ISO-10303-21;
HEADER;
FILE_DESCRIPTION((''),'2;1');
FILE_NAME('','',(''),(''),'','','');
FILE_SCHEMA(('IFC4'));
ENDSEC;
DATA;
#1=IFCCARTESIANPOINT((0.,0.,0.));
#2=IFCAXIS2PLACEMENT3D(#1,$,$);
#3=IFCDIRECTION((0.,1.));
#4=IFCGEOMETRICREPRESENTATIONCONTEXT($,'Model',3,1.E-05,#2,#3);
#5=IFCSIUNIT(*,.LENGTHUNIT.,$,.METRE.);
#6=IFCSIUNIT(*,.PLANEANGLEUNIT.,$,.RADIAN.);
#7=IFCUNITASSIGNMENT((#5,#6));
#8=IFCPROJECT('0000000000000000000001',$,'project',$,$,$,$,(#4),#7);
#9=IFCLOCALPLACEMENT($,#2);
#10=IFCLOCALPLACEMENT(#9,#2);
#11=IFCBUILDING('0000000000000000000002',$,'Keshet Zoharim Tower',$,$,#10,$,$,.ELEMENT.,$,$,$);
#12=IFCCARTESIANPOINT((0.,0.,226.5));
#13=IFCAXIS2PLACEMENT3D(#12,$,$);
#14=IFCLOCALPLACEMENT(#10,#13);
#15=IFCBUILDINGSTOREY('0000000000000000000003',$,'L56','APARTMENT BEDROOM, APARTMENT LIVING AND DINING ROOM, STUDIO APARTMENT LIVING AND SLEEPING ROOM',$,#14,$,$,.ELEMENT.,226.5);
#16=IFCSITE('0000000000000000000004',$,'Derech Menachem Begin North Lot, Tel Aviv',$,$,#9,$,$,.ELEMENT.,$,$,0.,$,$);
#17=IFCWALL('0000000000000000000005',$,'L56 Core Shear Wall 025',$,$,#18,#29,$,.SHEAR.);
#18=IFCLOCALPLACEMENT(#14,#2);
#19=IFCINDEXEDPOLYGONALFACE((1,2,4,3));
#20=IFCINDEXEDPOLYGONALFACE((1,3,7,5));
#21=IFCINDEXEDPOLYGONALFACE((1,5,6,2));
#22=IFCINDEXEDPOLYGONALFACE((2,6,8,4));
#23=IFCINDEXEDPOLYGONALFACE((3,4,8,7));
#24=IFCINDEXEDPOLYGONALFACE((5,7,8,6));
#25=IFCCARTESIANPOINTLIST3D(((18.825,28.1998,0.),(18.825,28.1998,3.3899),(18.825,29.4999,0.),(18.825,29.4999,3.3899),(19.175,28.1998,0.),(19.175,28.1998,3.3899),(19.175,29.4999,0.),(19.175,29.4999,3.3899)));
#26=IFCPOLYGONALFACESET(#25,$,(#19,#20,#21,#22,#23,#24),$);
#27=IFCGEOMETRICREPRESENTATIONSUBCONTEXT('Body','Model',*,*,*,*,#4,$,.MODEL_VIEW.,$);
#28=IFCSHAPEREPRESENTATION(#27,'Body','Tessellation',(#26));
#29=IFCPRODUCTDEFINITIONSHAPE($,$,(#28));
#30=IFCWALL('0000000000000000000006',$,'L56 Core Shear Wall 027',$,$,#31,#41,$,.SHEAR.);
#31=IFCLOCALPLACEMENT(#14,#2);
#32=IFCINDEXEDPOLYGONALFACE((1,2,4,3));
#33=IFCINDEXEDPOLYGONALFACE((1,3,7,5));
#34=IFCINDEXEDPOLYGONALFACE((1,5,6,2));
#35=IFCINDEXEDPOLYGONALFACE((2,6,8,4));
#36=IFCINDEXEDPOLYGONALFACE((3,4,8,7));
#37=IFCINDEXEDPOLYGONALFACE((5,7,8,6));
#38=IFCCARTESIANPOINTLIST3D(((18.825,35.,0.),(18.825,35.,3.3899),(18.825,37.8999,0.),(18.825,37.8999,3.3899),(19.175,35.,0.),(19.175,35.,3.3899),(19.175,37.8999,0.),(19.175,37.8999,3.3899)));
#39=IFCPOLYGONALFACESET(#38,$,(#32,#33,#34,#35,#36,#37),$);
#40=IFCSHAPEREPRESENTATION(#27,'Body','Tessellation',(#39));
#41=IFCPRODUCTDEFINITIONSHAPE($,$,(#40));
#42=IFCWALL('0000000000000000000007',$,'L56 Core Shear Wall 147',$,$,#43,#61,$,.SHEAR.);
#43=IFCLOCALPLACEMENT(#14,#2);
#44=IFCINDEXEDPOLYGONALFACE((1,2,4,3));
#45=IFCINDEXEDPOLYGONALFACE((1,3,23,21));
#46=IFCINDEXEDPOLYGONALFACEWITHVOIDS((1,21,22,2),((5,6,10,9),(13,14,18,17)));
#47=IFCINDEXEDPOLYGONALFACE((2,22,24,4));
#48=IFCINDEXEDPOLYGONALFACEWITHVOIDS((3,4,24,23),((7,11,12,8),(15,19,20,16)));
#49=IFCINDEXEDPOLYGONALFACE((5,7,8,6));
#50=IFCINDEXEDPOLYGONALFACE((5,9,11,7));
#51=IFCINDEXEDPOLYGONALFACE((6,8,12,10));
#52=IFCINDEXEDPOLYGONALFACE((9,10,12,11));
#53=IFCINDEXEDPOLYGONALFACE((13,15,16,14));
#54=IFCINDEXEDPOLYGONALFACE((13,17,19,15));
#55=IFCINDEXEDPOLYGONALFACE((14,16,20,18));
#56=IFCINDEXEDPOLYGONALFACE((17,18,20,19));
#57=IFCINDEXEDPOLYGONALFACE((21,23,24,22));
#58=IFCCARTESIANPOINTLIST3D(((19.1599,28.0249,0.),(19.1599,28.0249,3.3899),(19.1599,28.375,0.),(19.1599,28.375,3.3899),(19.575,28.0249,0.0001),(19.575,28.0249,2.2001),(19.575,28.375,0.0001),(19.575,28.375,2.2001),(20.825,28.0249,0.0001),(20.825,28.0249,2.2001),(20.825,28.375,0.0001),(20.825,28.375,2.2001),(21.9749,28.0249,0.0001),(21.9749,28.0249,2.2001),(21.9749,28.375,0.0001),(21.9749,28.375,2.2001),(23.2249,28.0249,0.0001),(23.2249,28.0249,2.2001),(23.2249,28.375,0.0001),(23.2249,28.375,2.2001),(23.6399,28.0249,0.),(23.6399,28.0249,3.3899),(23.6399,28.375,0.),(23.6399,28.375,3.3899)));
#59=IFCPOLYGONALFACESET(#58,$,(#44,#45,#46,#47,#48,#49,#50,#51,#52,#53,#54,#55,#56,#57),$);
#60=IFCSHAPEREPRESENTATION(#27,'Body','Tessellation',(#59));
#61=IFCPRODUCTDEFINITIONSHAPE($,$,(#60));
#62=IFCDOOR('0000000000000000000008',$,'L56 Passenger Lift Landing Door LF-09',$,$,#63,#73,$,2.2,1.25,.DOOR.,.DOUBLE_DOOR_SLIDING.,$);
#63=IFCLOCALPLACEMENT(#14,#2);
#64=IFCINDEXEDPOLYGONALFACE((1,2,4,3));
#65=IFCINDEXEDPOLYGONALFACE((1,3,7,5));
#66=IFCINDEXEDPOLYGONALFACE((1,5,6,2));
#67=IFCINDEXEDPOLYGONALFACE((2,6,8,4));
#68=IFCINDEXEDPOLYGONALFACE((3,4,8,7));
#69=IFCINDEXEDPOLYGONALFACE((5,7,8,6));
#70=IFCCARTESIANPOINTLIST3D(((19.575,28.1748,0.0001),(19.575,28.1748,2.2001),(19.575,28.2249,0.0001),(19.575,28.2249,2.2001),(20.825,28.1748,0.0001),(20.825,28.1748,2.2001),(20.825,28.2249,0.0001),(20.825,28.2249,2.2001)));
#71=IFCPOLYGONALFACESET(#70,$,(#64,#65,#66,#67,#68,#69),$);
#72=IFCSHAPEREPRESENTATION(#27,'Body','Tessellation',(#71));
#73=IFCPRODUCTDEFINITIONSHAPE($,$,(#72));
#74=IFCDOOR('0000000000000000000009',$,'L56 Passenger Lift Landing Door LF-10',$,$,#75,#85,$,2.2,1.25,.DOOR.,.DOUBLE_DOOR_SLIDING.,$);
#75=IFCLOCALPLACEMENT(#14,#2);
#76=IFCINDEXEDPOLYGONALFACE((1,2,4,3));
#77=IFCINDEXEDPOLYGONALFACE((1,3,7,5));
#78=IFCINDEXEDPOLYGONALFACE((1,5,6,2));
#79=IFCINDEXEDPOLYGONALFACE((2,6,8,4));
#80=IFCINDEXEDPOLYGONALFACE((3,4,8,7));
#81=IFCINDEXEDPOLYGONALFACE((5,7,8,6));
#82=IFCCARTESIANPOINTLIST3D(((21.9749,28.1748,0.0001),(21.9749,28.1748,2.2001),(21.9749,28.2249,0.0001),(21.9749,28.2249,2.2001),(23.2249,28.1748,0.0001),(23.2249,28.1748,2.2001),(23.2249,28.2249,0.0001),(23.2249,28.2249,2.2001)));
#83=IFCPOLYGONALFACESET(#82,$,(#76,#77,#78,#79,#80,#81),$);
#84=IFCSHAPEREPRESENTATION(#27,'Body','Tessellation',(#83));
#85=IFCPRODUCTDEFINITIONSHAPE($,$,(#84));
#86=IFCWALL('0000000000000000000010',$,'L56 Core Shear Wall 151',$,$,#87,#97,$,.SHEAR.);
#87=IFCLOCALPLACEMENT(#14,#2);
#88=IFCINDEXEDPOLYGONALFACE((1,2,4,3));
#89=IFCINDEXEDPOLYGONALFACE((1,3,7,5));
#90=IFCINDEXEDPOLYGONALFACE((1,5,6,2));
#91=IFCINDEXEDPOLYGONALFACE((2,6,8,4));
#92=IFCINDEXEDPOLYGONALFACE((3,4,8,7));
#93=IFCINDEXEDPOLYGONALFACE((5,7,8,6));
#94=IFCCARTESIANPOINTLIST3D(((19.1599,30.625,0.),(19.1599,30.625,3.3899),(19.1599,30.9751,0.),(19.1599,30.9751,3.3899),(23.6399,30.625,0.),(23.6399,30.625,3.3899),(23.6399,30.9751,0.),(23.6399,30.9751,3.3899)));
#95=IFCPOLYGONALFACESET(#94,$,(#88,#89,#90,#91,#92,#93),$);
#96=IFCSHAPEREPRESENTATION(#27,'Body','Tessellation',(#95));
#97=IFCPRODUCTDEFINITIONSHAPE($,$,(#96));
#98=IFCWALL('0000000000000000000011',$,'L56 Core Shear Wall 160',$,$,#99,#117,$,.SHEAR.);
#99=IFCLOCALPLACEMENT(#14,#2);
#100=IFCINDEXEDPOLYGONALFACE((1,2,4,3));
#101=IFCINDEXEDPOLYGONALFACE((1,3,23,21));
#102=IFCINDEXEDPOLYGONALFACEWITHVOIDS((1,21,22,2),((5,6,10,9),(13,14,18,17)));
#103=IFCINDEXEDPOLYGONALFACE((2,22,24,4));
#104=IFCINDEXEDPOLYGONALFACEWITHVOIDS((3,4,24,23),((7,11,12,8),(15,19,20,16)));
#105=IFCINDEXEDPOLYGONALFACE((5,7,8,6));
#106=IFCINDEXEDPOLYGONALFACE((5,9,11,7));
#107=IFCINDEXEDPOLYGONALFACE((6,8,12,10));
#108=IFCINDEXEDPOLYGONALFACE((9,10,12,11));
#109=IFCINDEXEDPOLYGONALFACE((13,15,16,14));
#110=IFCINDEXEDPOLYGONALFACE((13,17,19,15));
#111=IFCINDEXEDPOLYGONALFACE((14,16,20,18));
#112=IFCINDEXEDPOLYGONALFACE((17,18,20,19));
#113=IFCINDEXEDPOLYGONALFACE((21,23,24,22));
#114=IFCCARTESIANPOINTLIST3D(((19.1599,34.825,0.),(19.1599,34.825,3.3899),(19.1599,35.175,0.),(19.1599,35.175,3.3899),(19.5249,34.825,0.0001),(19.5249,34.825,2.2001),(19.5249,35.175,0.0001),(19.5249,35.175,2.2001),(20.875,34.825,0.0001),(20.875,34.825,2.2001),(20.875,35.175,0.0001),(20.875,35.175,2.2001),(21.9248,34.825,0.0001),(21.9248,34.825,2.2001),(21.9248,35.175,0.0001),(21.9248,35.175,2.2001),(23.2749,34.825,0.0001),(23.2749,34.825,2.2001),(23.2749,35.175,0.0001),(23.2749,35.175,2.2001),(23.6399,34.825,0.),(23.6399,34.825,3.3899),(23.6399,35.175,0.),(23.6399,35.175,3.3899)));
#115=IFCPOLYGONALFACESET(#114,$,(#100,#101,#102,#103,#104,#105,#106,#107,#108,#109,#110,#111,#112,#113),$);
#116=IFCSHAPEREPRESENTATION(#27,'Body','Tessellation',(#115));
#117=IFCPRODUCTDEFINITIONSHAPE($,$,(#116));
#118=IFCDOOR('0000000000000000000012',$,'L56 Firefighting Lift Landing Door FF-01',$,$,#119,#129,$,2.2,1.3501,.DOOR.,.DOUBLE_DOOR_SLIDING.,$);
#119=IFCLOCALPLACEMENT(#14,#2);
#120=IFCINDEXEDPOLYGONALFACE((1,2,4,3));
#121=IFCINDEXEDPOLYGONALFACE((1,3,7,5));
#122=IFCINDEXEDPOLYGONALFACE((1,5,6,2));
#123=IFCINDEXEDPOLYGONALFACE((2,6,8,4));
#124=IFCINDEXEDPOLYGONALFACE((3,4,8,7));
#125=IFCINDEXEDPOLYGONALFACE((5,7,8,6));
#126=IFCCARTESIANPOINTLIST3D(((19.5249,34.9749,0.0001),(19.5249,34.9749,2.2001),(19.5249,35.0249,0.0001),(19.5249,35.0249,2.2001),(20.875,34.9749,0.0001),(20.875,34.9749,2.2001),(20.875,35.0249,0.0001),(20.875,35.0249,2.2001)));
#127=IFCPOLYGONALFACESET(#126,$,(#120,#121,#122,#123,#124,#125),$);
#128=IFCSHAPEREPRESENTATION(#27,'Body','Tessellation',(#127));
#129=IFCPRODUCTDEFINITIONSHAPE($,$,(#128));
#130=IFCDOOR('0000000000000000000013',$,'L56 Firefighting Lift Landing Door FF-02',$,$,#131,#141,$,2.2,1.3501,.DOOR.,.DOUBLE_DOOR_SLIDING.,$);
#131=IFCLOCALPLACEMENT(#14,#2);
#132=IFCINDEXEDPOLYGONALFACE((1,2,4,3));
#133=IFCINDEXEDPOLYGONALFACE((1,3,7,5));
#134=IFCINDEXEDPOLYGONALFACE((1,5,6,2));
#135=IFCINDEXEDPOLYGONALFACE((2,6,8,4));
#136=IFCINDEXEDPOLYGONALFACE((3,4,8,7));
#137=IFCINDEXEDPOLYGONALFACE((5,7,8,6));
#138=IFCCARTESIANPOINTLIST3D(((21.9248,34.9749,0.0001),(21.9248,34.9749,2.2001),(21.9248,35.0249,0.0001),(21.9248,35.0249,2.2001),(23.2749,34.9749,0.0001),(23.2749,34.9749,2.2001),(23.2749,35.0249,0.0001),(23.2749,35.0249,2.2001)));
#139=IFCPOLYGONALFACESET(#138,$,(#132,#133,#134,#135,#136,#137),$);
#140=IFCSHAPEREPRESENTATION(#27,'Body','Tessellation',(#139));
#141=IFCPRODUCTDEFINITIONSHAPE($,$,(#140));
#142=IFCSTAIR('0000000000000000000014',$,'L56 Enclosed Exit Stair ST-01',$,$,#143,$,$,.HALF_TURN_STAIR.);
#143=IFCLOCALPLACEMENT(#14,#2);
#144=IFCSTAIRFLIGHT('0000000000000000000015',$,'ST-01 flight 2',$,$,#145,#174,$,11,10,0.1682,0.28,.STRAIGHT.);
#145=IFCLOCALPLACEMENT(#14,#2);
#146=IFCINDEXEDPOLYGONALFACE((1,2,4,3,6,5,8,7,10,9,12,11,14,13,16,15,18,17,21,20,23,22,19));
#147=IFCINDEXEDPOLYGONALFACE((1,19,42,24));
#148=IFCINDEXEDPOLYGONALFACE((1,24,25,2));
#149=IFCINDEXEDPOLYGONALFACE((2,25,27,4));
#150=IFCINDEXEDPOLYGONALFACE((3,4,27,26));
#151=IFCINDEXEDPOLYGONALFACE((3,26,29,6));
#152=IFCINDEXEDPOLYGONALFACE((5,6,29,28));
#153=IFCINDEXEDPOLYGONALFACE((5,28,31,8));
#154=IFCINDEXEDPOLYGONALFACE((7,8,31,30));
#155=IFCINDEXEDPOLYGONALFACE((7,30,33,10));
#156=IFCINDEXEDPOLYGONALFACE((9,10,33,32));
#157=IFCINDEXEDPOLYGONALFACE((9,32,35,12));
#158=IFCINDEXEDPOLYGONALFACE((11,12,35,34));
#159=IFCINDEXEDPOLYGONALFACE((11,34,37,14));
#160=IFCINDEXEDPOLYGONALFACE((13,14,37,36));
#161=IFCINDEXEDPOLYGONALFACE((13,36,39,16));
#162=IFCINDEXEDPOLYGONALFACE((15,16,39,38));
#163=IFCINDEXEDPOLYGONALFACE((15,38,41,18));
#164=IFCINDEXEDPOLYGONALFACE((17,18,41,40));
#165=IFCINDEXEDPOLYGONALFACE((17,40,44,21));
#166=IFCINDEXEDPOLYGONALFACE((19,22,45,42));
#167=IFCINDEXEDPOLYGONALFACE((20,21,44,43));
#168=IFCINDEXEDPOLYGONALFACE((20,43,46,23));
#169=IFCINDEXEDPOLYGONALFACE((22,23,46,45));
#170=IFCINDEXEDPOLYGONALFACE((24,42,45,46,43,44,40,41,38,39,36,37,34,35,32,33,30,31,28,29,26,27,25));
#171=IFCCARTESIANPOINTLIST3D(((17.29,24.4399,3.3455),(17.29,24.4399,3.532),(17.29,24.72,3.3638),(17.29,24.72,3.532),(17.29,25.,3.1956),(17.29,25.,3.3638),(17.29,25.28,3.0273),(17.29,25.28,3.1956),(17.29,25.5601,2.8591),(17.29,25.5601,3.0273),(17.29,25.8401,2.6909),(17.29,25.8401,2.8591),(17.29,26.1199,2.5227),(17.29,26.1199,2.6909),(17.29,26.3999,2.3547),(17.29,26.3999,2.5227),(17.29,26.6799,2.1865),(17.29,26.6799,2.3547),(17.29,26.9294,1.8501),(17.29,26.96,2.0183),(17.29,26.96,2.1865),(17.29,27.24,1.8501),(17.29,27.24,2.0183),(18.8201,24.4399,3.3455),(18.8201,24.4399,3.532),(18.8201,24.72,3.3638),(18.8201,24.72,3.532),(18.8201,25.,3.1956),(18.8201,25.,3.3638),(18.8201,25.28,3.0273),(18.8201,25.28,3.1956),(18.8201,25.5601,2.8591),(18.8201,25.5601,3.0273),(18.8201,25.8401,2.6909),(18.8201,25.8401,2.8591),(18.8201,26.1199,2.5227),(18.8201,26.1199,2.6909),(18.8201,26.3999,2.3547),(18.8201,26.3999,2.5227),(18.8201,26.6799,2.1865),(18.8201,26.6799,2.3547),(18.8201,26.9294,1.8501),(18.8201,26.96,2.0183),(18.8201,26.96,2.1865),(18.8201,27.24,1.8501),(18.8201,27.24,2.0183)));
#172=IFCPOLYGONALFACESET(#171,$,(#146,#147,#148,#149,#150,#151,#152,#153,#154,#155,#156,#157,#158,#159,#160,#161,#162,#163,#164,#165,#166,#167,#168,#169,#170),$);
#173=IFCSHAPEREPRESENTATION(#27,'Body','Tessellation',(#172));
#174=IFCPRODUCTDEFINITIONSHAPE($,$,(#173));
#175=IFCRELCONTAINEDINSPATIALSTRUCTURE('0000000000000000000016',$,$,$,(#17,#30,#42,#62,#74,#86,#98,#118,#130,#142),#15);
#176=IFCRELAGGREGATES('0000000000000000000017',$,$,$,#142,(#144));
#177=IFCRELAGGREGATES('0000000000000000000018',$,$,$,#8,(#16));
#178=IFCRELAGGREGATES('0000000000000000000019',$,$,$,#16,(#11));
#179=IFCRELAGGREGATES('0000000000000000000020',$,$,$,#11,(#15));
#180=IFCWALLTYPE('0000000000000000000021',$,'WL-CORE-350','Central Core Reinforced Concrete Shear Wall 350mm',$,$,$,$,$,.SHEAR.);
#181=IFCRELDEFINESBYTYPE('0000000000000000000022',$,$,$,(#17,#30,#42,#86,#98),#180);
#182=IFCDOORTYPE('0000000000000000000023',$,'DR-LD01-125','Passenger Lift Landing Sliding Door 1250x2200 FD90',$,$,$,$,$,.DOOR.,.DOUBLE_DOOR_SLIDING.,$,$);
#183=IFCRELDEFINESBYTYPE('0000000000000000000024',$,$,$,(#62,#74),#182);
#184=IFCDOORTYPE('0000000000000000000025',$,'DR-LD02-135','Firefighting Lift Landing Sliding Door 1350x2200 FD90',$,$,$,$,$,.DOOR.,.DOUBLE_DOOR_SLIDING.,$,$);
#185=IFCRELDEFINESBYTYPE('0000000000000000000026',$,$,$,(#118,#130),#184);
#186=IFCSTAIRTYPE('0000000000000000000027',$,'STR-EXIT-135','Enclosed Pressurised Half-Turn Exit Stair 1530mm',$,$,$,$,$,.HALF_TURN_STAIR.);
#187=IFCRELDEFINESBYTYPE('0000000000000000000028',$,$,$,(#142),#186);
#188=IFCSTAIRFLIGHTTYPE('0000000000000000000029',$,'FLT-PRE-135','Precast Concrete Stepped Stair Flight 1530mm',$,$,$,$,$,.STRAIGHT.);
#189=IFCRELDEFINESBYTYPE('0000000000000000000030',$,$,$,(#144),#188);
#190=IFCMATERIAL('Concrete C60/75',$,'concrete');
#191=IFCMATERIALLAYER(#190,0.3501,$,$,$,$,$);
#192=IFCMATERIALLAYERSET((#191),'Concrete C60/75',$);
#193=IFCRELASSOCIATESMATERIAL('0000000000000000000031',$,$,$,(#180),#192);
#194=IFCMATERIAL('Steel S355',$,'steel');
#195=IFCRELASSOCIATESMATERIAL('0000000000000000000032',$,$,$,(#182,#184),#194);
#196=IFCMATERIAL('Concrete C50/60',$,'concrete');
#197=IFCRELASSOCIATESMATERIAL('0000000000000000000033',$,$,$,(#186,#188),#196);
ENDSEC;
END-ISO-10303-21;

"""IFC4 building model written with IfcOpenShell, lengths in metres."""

from ifc_helpers import new_model, si_unit, direction, frame, frame_2d, origin, place, context, subcontext, project, spatial, polyline, rectangle, outline, extrude, material, layer, layer_set, type_object, element, fill, aggregate, save


model = new_model("IFC4")

# Units and contexts
model_context = context("Model", 3, precision=1e-05, world=origin(), true_north=direction((0.0, 1.0)))
body_context = subcontext(model_context, "Body", "Model", "MODEL_VIEW")
ifc_project = project(units=[si_unit("LENGTHUNIT", "METRE"), si_unit("PLANEANGLEUNIT", "RADIAN")], contexts=[model_context])

# Site, building, storey
site_placement = place(None, origin())
site = spatial("IfcSite", under=ifc_project, at=site_placement, Name="Derech Menachem Begin North Lot, Tel Aviv", CompositionType="ELEMENT", RefElevation=0.0)
building_placement = place(site_placement, origin())
building = spatial("IfcBuilding", under=site, at=building_placement, Name="Keshet Zoharim Tower", CompositionType="ELEMENT")
storey_placement = place(building_placement, frame((0.0, 0.0, 226.5)))
storey = spatial("IfcBuildingStorey", under=building, at=storey_placement, Name="L56", Description="APARTMENT BEDROOM, APARTMENT LIVING AND DINING ROOM, STUDIO APARTMENT LIVING AND SLEEPING ROOM", CompositionType="ELEMENT", Elevation=226.5)

# Wall
ifc_material_1 = material(Name="Concrete C60/75", Category="concrete")
ifc_layer_1 = layer(ifc_material_1, 0.3501)
ifc_layer_set_1 = layer_set([ifc_layer_1], Name="Concrete C60/75")
wall_type = type_object("IfcWallType", Name="WL-CORE-350", Description="Central Core Reinforced Concrete Shear Wall 350mm", PredefinedType="SHEAR", material=ifc_layer_set_1)
wall_1_placement = place(storey_placement, frame((19.0, 28.2, 0.0), z_axis=(0.0, 0.0, 1.0), x_axis=(0.0, 1.0, 0.0)))
element("IfcWall", 1, at=wall_1_placement, inside=storey, type_object=wall_type, Name="L56 Core Shear Wall 025", PredefinedType="SHEAR", context=body_context, shape_type="SweptSolid", body=[
    extrude(rectangle(XDim=1.3, YDim=0.3501, at=frame_2d((0.6499, 0.0))), origin(), (0.0, 0.0, 1.0), 3.3899),
])

# Wall
wall_2_placement = place(storey_placement, frame((19.0, 35.0, 0.0), z_axis=(0.0, 0.0, 1.0), x_axis=(0.0, 1.0, 0.0)))
element("IfcWall", 2, at=wall_2_placement, inside=storey, type_object=wall_type, Name="L56 Core Shear Wall 027", PredefinedType="SHEAR", context=body_context, shape_type="SweptSolid", body=[
    extrude(rectangle(XDim=2.8999, YDim=0.3501, at=frame_2d((1.45, 0.0))), origin(), (0.0, 0.0, 1.0), 3.3899),
])

# Wall, openings, doors
wall_3_placement = place(storey_placement, frame((19.1599, 28.2, 0.0), z_axis=(0.0, 0.0, 1.0), x_axis=(1.0, 0.0, 0.0)))
wall_3 = element("IfcWall", 3, at=wall_3_placement, inside=storey, type_object=wall_type, Name="L56 Core Shear Wall 147", PredefinedType="SHEAR", context=body_context, shape_type="SweptSolid", body=[
    extrude(rectangle(XDim=4.48, YDim=0.3501, at=frame_2d((2.24, 0.0))), origin(), (0.0, 0.0, 1.0), 3.3899),
])
opening_1_placement = place(wall_3_placement, frame((0.415, 0.0, 0.0)))
opening_1 = element("IfcOpeningElement", 4, at=opening_1_placement, cuts=wall_3, PredefinedType="OPENING", context=body_context, shape_type="SweptSolid", body=[
    extrude(rectangle(XDim=1.25, YDim=2.2, at=frame_2d((0.625, 1.1001))), frame((0.0, 0.1851, 0.0), z_axis=(0.0, -1.0, 0.0), x_axis=(1.0, 0.0, 0.0)), (0.0, 0.0, 1.0), 0.3701),
])
opening_2_placement = place(wall_3_placement, frame((2.8149, 0.0, 0.0)))
opening_2 = element("IfcOpeningElement", 5, at=opening_2_placement, cuts=wall_3, PredefinedType="OPENING", context=body_context, shape_type="SweptSolid", body=[
    extrude(rectangle(XDim=1.25, YDim=2.2, at=frame_2d((0.625, 1.1001))), frame((0.0, 0.1851, 0.0), z_axis=(0.0, -1.0, 0.0), x_axis=(1.0, 0.0, 0.0)), (0.0, 0.0, 1.0), 0.3701),
])
ifc_material_2 = material(Name="Steel S355", Category="steel")
door_type_1 = type_object("IfcDoorType", Name="DR-LD01-125", Description="Passenger Lift Landing Sliding Door 1250x2200 FD90", OperationType="DOUBLE_DOOR_SLIDING", PredefinedType="DOOR", material=ifc_material_2)
door_1_placement = place(opening_1_placement, origin())
door_1 = element("IfcDoor", 6, at=door_1_placement, inside=storey, type_object=door_type_1, Name="L56 Passenger Lift Landing Door LF-09", OperationType="DOUBLE_DOOR_SLIDING", OverallHeight=2.2, OverallWidth=1.25, PredefinedType="DOOR", context=body_context, shape_type="SweptSolid", body=[
    extrude(rectangle(XDim=1.25, YDim=2.2, at=frame_2d((0.625, 1.1001))), frame((0.0, 0.0249, 0.0), z_axis=(0.0, -1.0, 0.0), x_axis=(1.0, 0.0, 0.0)), (0.0, 0.0, 1.0), 0.05),
])
fill(opening_1, door_1)
door_2_placement = place(opening_2_placement, origin())
door_2 = element("IfcDoor", 7, at=door_2_placement, inside=storey, type_object=door_type_1, Name="L56 Passenger Lift Landing Door LF-10", OperationType="DOUBLE_DOOR_SLIDING", OverallHeight=2.2, OverallWidth=1.25, PredefinedType="DOOR", context=body_context, shape_type="SweptSolid", body=[
    extrude(rectangle(XDim=1.25, YDim=2.2, at=frame_2d((0.625, 1.1001))), frame((0.0, 0.0249, 0.0), z_axis=(0.0, -1.0, 0.0), x_axis=(1.0, 0.0, 0.0)), (0.0, 0.0, 1.0), 0.05),
])
fill(opening_2, door_2)

# Wall
wall_4_placement = place(storey_placement, frame((19.1599, 30.8, 0.0), z_axis=(0.0, 0.0, 1.0), x_axis=(1.0, 0.0, 0.0)))
element("IfcWall", 8, at=wall_4_placement, inside=storey, type_object=wall_type, Name="L56 Core Shear Wall 151", PredefinedType="SHEAR", context=body_context, shape_type="SweptSolid", body=[
    extrude(rectangle(XDim=4.48, YDim=0.3501, at=frame_2d((2.24, 0.0))), origin(), (0.0, 0.0, 1.0), 3.3899),
])

# Wall, openings, doors
wall_5_placement = place(storey_placement, frame((19.1599, 35.0, 0.0), z_axis=(0.0, 0.0, 1.0), x_axis=(1.0, 0.0, 0.0)))
wall_5 = element("IfcWall", 9, at=wall_5_placement, inside=storey, type_object=wall_type, Name="L56 Core Shear Wall 160", PredefinedType="SHEAR", context=body_context, shape_type="SweptSolid", body=[
    extrude(rectangle(XDim=4.48, YDim=0.3501, at=frame_2d((2.24, 0.0))), origin(), (0.0, 0.0, 1.0), 3.3899),
])
opening_3_placement = place(wall_5_placement, frame((0.365, 0.0, 0.0)))
opening_3 = element("IfcOpeningElement", 10, at=opening_3_placement, cuts=wall_5, PredefinedType="OPENING", context=body_context, shape_type="SweptSolid", body=[
    extrude(rectangle(XDim=1.3501, YDim=2.2, at=frame_2d((0.675, 1.1001))), frame((0.0, 0.1851, 0.0), z_axis=(0.0, -1.0, 0.0), x_axis=(1.0, 0.0, 0.0)), (0.0, 0.0, 1.0), 0.3701),
])
opening_4_placement = place(wall_5_placement, frame((2.7649, 0.0, 0.0)))
opening_4 = element("IfcOpeningElement", 11, at=opening_4_placement, cuts=wall_5, PredefinedType="OPENING", context=body_context, shape_type="SweptSolid", body=[
    extrude(rectangle(XDim=1.3501, YDim=2.2, at=frame_2d((0.675, 1.1001))), frame((0.0, 0.1851, 0.0), z_axis=(0.0, -1.0, 0.0), x_axis=(1.0, 0.0, 0.0)), (0.0, 0.0, 1.0), 0.3701),
])
door_type_2 = type_object("IfcDoorType", Name="DR-LD02-135", Description="Firefighting Lift Landing Sliding Door 1350x2200 FD90", OperationType="DOUBLE_DOOR_SLIDING", PredefinedType="DOOR", material=ifc_material_2)
door_3_placement = place(opening_3_placement, origin())
door_3 = element("IfcDoor", 12, at=door_3_placement, inside=storey, type_object=door_type_2, Name="L56 Firefighting Lift Landing Door FF-01", OperationType="DOUBLE_DOOR_SLIDING", OverallHeight=2.2, OverallWidth=1.3501, PredefinedType="DOOR", context=body_context, shape_type="SweptSolid", body=[
    extrude(rectangle(XDim=1.3501, YDim=2.2, at=frame_2d((0.675, 1.1001))), frame((0.0, 0.0249, 0.0), z_axis=(0.0, -1.0, 0.0), x_axis=(1.0, 0.0, 0.0)), (0.0, 0.0, 1.0), 0.05),
])
fill(opening_3, door_3)
door_4_placement = place(opening_4_placement, origin())
door_4 = element("IfcDoor", 13, at=door_4_placement, inside=storey, type_object=door_type_2, Name="L56 Firefighting Lift Landing Door FF-02", OperationType="DOUBLE_DOOR_SLIDING", OverallHeight=2.2, OverallWidth=1.3501, PredefinedType="DOOR", context=body_context, shape_type="SweptSolid", body=[
    extrude(rectangle(XDim=1.3501, YDim=2.2, at=frame_2d((0.675, 1.1001))), frame((0.0, 0.0249, 0.0), z_axis=(0.0, -1.0, 0.0), x_axis=(1.0, 0.0, 0.0)), (0.0, 0.0, 1.0), 0.05),
])
fill(opening_4, door_4)

# Stair, stair flight
ifc_material_3 = material(Name="Concrete C50/60", Category="concrete")
stair_type = type_object("IfcStairType", Name="STR-EXIT-135", Description="Enclosed Pressurised Half-Turn Exit Stair 1530mm", PredefinedType="HALF_TURN_STAIR", material=ifc_material_3)
stair_1_placement = place(storey_placement, origin())
stair_1 = element("IfcStair", 14, at=stair_1_placement, inside=storey, type_object=stair_type, Name="L56 Enclosed Exit Stair ST-01", PredefinedType="HALF_TURN_STAIR")
stair_flight_type = type_object("IfcStairFlightType", Name="FLT-PRE-135", Description="Precast Concrete Stepped Stair Flight 1530mm", PredefinedType="STRAIGHT", material=ifc_material_3)
stair_flight_1_placement = place(storey_placement, frame((18.0549, 27.24, 1.8501), z_axis=(0.0, 0.0, 1.0), x_axis=(0.0, -1.0, 0.0)))
stair_flight_1 = element("IfcStairFlight", 15, at=stair_flight_1_placement, type_object=stair_flight_type, Name="ST-01 flight 2", NumberOfRisers=11, NumberOfTreads=10, PredefinedType="STRAIGHT", RiserHeight=0.1682, TreadLength=0.28, context=body_context, shape_type="SweptSolid", body=[
    extrude(outline(polyline([(0.0, 0.0), (0.0, 0.1682), (0.28, 0.1682), (0.28, 0.3364), (0.5601, 0.3364), (0.5601, 0.5046), (0.8401, 0.5046), (0.8401, 0.6726), (1.1201, 0.6726), (1.1201, 0.8408), (1.3999, 0.8408), (1.3999, 1.009), (1.6799, 1.009), (1.6799, 1.1772), (1.96, 1.1772), (1.96, 1.3455), (2.24, 1.3455), (2.24, 1.5137), (2.52, 1.5137), (2.52, 1.6819), (2.8, 1.6819), (2.8, 1.8501), (2.8, 1.4954), (0.3105, 0.0), (0.0, 0.0)])), frame((0.0, 0.7651, 0.0), z_axis=(0.0, -1.0, 0.0), x_axis=(1.0, 0.0, 0.0)), (0.0, 0.0, 1.0), 1.53),
])
aggregate(stair_1, [stair_flight_1])

save(model, "model.ifc")
